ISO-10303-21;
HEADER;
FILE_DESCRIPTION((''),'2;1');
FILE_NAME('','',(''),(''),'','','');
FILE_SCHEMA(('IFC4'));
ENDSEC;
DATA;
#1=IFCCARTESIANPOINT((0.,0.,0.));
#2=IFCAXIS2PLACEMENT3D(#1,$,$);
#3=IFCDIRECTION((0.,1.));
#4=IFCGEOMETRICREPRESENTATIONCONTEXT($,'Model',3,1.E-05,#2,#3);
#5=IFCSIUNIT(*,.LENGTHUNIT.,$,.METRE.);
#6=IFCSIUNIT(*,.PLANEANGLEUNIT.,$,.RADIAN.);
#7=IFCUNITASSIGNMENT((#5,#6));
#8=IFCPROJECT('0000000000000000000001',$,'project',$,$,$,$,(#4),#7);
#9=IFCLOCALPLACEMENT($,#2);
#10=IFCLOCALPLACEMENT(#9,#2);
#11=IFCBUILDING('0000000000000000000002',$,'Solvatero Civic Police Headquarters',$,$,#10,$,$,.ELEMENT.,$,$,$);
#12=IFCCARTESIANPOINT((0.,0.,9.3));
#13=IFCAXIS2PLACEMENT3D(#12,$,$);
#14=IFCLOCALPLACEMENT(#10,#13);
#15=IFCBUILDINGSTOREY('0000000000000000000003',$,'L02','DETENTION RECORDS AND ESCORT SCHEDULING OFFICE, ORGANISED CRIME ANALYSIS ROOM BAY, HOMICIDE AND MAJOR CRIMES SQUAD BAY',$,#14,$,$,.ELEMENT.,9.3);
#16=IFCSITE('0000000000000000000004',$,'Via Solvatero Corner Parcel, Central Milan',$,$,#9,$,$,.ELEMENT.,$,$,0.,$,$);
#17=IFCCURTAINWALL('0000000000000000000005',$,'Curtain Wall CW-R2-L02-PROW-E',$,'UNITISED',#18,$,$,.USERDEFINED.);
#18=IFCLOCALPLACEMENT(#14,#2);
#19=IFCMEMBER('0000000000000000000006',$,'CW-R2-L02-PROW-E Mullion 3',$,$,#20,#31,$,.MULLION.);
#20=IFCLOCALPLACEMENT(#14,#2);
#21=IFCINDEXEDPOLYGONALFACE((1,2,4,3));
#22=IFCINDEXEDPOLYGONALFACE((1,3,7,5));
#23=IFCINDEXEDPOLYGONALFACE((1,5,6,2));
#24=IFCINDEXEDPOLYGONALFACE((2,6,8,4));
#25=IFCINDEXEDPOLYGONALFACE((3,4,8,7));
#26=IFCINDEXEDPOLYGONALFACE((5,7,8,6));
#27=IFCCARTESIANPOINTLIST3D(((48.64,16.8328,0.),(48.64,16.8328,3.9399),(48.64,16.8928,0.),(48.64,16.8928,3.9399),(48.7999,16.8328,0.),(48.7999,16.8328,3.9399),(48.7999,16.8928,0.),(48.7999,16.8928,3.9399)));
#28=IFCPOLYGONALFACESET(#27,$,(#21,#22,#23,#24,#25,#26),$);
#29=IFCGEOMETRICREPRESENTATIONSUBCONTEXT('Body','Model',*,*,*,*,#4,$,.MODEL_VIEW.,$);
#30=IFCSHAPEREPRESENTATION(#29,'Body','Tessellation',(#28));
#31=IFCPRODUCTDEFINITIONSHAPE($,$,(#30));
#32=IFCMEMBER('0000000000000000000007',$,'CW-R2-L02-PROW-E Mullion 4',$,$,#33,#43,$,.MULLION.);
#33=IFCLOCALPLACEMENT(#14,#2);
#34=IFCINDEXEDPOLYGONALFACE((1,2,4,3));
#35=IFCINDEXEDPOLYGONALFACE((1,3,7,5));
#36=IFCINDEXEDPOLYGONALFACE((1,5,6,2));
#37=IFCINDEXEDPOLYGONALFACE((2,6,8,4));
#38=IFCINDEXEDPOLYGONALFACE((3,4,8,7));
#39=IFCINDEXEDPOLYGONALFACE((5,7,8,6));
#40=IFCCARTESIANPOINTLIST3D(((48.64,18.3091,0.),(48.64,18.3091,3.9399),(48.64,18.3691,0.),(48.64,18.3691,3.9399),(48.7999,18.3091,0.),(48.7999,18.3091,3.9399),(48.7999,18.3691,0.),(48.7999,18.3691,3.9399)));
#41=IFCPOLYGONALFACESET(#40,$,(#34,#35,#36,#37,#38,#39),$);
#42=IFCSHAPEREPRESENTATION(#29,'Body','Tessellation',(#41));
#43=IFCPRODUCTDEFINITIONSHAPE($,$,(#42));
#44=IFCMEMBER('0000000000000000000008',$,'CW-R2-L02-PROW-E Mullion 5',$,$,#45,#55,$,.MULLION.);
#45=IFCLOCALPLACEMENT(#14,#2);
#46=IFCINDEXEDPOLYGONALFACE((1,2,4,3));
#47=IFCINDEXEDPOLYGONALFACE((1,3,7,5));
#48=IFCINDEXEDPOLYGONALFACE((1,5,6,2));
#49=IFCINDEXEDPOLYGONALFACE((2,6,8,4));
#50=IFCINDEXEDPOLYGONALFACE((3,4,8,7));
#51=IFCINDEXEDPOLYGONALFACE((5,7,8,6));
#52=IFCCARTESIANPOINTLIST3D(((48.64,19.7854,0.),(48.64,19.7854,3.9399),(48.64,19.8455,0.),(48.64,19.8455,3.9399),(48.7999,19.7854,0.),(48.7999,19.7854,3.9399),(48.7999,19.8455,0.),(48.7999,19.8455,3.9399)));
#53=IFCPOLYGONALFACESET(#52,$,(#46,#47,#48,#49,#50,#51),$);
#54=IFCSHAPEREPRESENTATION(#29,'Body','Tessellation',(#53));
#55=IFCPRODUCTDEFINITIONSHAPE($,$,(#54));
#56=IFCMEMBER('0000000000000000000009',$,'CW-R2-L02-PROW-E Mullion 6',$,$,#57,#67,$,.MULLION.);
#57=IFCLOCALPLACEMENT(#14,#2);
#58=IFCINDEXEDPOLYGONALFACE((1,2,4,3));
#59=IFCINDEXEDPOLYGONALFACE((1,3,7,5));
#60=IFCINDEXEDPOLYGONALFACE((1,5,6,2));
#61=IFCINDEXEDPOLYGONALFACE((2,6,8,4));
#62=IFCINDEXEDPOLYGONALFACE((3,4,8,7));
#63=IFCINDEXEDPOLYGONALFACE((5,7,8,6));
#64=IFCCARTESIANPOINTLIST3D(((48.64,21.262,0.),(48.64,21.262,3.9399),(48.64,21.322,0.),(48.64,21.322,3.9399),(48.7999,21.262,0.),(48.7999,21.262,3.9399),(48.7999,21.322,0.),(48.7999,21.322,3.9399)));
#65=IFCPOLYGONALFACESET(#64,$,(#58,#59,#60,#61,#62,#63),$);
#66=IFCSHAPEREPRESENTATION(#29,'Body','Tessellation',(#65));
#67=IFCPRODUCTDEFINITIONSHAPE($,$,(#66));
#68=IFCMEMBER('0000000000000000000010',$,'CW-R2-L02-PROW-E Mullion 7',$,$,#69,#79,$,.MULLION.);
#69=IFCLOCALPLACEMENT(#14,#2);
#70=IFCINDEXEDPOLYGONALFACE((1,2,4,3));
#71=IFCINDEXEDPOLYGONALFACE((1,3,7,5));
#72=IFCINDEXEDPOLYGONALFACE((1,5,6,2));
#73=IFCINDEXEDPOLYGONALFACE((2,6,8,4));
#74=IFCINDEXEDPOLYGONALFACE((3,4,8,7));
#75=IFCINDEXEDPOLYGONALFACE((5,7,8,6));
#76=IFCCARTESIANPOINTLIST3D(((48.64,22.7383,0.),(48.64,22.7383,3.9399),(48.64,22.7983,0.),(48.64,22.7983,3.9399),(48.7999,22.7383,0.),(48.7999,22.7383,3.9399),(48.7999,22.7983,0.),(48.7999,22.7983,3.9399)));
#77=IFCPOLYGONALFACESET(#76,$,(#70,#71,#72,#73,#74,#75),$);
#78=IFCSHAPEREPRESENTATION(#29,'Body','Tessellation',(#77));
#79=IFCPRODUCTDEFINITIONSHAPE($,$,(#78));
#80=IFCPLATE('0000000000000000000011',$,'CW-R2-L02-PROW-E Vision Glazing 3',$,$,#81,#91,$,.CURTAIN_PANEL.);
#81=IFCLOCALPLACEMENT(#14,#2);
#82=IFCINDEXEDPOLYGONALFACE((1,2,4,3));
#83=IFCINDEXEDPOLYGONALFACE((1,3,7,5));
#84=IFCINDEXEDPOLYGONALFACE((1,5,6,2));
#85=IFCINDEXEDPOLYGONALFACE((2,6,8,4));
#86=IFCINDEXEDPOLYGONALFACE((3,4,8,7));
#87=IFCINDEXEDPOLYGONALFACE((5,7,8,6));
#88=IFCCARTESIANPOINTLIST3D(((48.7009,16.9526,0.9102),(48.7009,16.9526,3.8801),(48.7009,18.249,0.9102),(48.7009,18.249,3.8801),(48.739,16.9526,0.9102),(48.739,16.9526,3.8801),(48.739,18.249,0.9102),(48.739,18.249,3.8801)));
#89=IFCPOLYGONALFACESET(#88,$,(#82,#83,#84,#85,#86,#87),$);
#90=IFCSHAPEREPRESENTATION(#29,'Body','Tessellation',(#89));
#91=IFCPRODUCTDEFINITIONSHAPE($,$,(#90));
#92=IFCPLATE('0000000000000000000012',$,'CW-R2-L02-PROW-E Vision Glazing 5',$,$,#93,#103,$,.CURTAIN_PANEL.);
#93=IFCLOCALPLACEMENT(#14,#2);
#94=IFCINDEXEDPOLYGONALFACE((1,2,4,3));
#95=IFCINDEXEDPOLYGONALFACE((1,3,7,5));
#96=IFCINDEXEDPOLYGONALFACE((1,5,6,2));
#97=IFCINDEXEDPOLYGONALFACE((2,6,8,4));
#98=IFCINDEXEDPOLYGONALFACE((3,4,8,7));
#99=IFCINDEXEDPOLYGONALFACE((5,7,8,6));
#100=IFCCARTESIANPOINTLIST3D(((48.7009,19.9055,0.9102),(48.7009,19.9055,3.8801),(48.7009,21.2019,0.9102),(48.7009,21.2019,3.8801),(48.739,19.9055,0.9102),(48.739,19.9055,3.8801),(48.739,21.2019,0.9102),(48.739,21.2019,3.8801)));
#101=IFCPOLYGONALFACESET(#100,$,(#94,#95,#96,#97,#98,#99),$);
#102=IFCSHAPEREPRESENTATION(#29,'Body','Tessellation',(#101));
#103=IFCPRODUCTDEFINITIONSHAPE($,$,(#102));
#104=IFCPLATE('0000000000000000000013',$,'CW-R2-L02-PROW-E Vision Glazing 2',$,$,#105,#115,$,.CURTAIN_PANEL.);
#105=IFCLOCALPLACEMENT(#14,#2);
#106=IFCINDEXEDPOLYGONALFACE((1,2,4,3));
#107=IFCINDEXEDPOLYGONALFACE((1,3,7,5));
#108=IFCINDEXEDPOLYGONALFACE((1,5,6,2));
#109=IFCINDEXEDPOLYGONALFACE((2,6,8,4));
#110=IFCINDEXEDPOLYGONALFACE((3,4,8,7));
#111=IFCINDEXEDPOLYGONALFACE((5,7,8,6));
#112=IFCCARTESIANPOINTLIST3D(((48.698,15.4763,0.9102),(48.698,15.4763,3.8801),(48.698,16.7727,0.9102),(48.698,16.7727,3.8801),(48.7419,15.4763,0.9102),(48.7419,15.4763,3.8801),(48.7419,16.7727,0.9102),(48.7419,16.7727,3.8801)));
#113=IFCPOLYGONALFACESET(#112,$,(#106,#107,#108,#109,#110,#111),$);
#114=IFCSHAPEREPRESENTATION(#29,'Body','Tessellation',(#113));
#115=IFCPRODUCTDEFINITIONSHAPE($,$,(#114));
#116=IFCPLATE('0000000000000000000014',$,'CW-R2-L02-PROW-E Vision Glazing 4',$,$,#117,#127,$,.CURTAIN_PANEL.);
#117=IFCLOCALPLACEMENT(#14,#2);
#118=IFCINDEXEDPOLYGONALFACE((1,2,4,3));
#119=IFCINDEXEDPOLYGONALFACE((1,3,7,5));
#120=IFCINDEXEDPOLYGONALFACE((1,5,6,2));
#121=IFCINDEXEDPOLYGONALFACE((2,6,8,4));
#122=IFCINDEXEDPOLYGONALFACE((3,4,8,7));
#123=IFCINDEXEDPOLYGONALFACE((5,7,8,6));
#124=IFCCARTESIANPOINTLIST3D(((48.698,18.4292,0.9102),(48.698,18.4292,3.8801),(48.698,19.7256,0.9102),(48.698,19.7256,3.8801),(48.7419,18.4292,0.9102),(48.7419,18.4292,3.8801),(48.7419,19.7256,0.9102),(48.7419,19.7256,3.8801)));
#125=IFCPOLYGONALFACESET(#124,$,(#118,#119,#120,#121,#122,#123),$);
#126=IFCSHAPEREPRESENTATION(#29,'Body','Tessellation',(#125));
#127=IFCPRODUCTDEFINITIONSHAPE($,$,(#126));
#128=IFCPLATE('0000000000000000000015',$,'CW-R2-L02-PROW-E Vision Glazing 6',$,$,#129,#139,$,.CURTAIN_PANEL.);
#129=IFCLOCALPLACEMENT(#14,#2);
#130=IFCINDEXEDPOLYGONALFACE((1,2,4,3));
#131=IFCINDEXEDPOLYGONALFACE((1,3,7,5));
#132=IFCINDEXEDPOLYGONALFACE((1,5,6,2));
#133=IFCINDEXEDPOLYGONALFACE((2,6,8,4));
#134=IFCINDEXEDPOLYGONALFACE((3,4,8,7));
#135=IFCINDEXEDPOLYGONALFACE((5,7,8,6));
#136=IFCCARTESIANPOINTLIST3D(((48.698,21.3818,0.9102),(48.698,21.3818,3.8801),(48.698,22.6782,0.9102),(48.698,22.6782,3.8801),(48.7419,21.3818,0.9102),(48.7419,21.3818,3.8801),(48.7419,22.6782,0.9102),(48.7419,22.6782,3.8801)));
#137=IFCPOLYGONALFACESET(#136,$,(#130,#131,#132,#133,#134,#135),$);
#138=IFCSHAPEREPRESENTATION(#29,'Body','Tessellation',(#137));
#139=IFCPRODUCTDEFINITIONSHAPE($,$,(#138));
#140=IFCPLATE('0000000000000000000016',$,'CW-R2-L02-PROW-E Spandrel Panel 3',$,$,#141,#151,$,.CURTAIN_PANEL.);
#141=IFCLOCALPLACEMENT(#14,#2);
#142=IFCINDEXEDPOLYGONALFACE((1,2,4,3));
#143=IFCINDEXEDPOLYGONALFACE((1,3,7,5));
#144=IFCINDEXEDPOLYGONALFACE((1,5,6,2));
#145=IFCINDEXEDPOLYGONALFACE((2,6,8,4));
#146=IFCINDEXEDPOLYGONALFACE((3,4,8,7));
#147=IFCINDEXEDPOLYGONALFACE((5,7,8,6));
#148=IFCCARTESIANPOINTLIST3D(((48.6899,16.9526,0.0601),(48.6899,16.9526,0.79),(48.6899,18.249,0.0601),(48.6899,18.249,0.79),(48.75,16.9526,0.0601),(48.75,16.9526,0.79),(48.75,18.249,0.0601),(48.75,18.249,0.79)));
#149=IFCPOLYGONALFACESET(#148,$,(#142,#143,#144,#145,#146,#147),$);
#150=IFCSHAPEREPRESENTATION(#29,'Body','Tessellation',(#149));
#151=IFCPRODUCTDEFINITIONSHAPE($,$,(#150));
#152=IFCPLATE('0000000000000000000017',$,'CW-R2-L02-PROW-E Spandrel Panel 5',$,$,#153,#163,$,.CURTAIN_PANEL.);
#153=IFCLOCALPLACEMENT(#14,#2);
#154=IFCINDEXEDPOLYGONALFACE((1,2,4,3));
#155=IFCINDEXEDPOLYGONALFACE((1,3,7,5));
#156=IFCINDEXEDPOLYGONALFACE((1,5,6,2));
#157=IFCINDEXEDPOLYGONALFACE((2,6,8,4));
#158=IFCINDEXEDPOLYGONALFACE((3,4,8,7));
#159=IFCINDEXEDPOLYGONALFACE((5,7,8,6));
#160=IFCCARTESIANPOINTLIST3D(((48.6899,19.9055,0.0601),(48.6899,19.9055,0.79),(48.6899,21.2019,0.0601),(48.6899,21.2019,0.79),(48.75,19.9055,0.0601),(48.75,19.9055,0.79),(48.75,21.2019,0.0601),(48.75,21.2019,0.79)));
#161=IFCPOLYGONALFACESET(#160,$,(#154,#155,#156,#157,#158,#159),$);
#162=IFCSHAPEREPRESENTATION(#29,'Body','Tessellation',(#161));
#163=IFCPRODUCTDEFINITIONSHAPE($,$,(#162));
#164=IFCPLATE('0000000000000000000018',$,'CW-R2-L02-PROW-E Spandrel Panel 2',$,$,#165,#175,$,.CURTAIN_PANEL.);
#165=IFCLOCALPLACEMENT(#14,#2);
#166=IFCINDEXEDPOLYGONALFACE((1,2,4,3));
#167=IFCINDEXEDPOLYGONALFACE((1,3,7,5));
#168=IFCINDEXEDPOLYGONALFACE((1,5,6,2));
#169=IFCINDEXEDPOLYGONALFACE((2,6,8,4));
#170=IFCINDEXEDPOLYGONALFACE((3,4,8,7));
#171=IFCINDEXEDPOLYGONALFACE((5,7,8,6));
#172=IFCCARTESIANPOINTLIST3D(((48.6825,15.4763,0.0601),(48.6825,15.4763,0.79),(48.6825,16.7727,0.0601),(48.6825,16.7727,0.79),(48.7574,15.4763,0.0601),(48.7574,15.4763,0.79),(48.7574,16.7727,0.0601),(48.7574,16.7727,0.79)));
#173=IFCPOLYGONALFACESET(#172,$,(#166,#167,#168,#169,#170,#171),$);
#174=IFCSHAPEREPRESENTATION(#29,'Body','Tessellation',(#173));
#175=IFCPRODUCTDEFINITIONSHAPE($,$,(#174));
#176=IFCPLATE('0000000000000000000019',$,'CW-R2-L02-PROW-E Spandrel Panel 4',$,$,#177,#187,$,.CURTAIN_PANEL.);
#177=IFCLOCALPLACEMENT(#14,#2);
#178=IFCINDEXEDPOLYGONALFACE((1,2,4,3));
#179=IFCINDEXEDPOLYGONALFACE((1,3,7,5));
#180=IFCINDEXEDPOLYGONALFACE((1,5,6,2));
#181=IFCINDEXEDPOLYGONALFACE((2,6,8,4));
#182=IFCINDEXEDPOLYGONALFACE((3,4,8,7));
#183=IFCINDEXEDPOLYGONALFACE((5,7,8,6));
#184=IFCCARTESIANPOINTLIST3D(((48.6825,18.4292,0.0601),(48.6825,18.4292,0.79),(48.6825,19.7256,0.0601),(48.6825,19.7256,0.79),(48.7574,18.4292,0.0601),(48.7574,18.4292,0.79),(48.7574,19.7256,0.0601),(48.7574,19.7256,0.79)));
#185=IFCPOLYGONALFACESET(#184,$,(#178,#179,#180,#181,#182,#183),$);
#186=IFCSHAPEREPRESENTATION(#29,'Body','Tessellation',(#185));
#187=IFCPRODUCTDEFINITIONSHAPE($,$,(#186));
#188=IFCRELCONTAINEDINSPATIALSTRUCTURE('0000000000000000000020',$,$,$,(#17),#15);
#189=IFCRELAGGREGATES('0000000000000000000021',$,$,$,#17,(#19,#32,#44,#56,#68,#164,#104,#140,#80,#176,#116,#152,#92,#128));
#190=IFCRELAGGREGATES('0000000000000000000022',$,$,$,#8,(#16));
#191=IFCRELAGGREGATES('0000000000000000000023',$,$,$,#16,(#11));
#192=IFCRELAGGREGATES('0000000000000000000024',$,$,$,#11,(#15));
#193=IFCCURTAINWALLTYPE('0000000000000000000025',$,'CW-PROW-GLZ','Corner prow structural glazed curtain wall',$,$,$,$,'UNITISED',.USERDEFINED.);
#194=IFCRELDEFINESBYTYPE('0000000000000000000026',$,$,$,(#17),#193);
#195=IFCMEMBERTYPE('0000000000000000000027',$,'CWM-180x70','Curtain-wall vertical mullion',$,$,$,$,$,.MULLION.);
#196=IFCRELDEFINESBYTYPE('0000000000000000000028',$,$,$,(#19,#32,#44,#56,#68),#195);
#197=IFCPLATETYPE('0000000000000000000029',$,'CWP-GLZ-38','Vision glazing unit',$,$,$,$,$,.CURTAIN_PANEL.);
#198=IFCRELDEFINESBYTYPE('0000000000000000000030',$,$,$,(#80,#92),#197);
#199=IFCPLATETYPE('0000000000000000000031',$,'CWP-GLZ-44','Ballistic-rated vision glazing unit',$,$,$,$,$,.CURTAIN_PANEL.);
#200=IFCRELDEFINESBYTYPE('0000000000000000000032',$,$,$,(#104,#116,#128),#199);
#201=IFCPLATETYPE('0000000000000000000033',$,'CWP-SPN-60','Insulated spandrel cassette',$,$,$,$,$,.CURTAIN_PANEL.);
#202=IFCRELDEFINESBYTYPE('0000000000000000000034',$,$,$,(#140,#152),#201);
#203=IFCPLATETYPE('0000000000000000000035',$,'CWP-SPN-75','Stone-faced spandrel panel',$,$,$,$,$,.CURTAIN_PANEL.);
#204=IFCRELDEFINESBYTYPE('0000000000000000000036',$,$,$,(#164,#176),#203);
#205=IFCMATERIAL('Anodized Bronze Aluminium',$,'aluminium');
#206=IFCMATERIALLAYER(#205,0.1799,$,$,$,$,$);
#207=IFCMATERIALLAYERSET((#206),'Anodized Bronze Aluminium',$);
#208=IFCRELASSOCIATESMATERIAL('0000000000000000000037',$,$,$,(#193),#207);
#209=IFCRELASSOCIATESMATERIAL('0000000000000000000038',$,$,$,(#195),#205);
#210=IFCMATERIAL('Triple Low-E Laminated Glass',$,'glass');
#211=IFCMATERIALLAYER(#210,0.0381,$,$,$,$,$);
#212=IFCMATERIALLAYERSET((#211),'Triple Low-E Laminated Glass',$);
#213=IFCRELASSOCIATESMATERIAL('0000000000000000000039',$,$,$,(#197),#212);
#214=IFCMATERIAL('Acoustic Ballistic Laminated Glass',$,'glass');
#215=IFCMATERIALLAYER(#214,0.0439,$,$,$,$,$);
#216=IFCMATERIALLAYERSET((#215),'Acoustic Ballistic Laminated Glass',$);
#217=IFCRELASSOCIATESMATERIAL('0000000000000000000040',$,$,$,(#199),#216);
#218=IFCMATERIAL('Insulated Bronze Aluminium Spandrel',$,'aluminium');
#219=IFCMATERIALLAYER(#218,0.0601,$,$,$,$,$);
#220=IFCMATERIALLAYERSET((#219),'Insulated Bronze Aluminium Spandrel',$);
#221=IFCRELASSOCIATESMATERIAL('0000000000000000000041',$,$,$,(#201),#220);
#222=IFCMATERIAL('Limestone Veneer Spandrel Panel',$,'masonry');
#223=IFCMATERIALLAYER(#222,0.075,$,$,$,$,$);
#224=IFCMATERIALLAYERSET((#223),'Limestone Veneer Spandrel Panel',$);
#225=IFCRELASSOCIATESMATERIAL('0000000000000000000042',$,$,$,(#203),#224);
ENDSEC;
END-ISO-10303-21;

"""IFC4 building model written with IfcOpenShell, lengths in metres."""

from ifc_helpers import new_model, si_unit, direction, frame, origin, origin_2d, place, context, subcontext, project, spatial, rectangle, extrude, material, layer, layer_set, material_profile, profile_set, type_object, element, aggregate, save


model = new_model("IFC4")

# Units and contexts
model_context = context("Model", 3, precision=1e-05, world=origin(), true_north=direction((0.0, 1.0)))
body_context = subcontext(model_context, "Body", "Model", "MODEL_VIEW")
ifc_project = project(units=[si_unit("LENGTHUNIT", "METRE"), si_unit("PLANEANGLEUNIT", "RADIAN")], contexts=[model_context])

# Site, building, storey
site_placement = place(None, origin())
site = spatial("IfcSite", under=ifc_project, at=site_placement, Name="Via Solvatero Corner Parcel, Central Milan", CompositionType="ELEMENT", RefElevation=0.0)
building_placement = place(site_placement, origin())
building = spatial("IfcBuilding", under=site, at=building_placement, Name="Solvatero Civic Police Headquarters", CompositionType="ELEMENT")
storey_placement = place(building_placement, frame((0.0, 0.0, 9.3)))
storey = spatial("IfcBuildingStorey", under=building, at=storey_placement, Name="L02", Description="DETENTION RECORDS AND ESCORT SCHEDULING OFFICE, ORGANISED CRIME ANALYSIS ROOM BAY, HOMICIDE AND MAJOR CRIMES SQUAD BAY", CompositionType="ELEMENT", Elevation=9.3)

# Curtain wall, members, plates
ifc_material_1 = material(Name="Anodized Bronze Aluminium", Category="aluminium")
ifc_layer_1 = layer(ifc_material_1, 0.1799)
ifc_layer_set_1 = layer_set([ifc_layer_1], Name="Anodized Bronze Aluminium")
curtain_wall_type = type_object("IfcCurtainWallType", Name="CW-PROW-GLZ", Description="Corner prow structural glazed curtain wall", ElementType="UNITISED", PredefinedType="USERDEFINED", material=ifc_layer_set_1)
curtain_wall_placement = place(storey_placement, origin())
curtain_wall = element("IfcCurtainWall", 1, at=curtain_wall_placement, inside=storey, type_object=curtain_wall_type, Name="Curtain Wall CW-R2-L02-PROW-E", ObjectType="UNITISED", PredefinedType="USERDEFINED")
ifc_material_profile = material_profile(ifc_material_1, rectangle(XDim=0.0601, YDim=0.1599, at=origin_2d()), Name="ALU MULLION 60x160")
ifc_profile_set = profile_set([ifc_material_profile], Name="Anodized Bronze Aluminium")
member_type = type_object("IfcMemberType", Name="CWM-180x70", Description="Curtain-wall vertical mullion", PredefinedType="MULLION", material=ifc_profile_set)
member_1_placement = place(storey_placement, frame((48.72, 16.8628, 0.0), z_axis=(0.0, 0.0, 1.0), x_axis=(0.0, 1.0, 0.0)))
member_1 = element("IfcMember", 2, at=member_1_placement, type_object=member_type, Name="CW-R2-L02-PROW-E Mullion 3", PredefinedType="MULLION", context=body_context, shape_type="SweptSolid", body=[
    extrude(rectangle(XDim=0.0601, YDim=0.1599, at=origin_2d()), origin(), (0.0, 0.0, 1.0), 3.9399),
])
member_2_placement = place(storey_placement, frame((48.72, 18.3391, 0.0), z_axis=(0.0, 0.0, 1.0), x_axis=(0.0, 1.0, 0.0)))
member_2 = element("IfcMember", 3, at=member_2_placement, type_object=member_type, Name="CW-R2-L02-PROW-E Mullion 4", PredefinedType="MULLION", context=body_context, shape_type="SweptSolid", body=[
    extrude(rectangle(XDim=0.0601, YDim=0.1599, at=origin_2d()), origin(), (0.0, 0.0, 1.0), 3.9399),
])
member_3_placement = place(storey_placement, frame((48.72, 19.8154, 0.0), z_axis=(0.0, 0.0, 1.0), x_axis=(0.0, 1.0, 0.0)))
member_3 = element("IfcMember", 4, at=member_3_placement, type_object=member_type, Name="CW-R2-L02-PROW-E Mullion 5", PredefinedType="MULLION", context=body_context, shape_type="SweptSolid", body=[
    extrude(rectangle(XDim=0.0601, YDim=0.1599, at=origin_2d()), origin(), (0.0, 0.0, 1.0), 3.9399),
])
member_4_placement = place(storey_placement, frame((48.72, 21.292, 0.0), z_axis=(0.0, 0.0, 1.0), x_axis=(0.0, 1.0, 0.0)))
member_4 = element("IfcMember", 5, at=member_4_placement, type_object=member_type, Name="CW-R2-L02-PROW-E Mullion 6", PredefinedType="MULLION", context=body_context, shape_type="SweptSolid", body=[
    extrude(rectangle(XDim=0.0601, YDim=0.1599, at=origin_2d()), origin(), (0.0, 0.0, 1.0), 3.9399),
])
member_5_placement = place(storey_placement, frame((48.72, 22.7683, 0.0), z_axis=(0.0, 0.0, 1.0), x_axis=(0.0, 1.0, 0.0)))
member_5 = element("IfcMember", 6, at=member_5_placement, type_object=member_type, Name="CW-R2-L02-PROW-E Mullion 7", PredefinedType="MULLION", context=body_context, shape_type="SweptSolid", body=[
    extrude(rectangle(XDim=0.0601, YDim=0.1599, at=origin_2d()), origin(), (0.0, 0.0, 1.0), 3.9399),
])
ifc_material_2 = material(Name="Triple Low-E Laminated Glass", Category="glass")
ifc_layer_2 = layer(ifc_material_2, 0.0381)
ifc_layer_set_2 = layer_set([ifc_layer_2], Name="Triple Low-E Laminated Glass")
plate_type_1 = type_object("IfcPlateType", Name="CWP-GLZ-38", Description="Vision glazing unit", PredefinedType="CURTAIN_PANEL", material=ifc_layer_set_2)
plate_1_placement = place(storey_placement, frame((48.72, 17.6008, 0.9102), z_axis=(0.0, 0.0, 1.0), x_axis=(0.0, 1.0, 0.0)))
plate_1 = element("IfcPlate", 7, at=plate_1_placement, type_object=plate_type_1, Name="CW-R2-L02-PROW-E Vision Glazing 3", PredefinedType="CURTAIN_PANEL", context=body_context, shape_type="SweptSolid", body=[
    extrude(rectangle(XDim=1.2964, YDim=0.0381, at=origin_2d()), origin(), (0.0, 0.0, 1.0), 2.97),
])
plate_2_placement = place(storey_placement, frame((48.72, 20.5537, 0.9102), z_axis=(0.0, 0.0, 1.0), x_axis=(0.0, 1.0, 0.0)))
plate_2 = element("IfcPlate", 8, at=plate_2_placement, type_object=plate_type_1, Name="CW-R2-L02-PROW-E Vision Glazing 5", PredefinedType="CURTAIN_PANEL", context=body_context, shape_type="SweptSolid", body=[
    extrude(rectangle(XDim=1.2964, YDim=0.0381, at=origin_2d()), origin(), (0.0, 0.0, 1.0), 2.97),
])
ifc_material_3 = material(Name="Acoustic Ballistic Laminated Glass", Category="glass")
ifc_layer_3 = layer(ifc_material_3, 0.0439)
ifc_layer_set_3 = layer_set([ifc_layer_3], Name="Acoustic Ballistic Laminated Glass")
plate_type_2 = type_object("IfcPlateType", Name="CWP-GLZ-44", Description="Ballistic-rated vision glazing unit", PredefinedType="CURTAIN_PANEL", material=ifc_layer_set_3)
plate_3_placement = place(storey_placement, frame((48.72, 16.1245, 0.9102), z_axis=(0.0, 0.0, 1.0), x_axis=(0.0, 1.0, 0.0)))
plate_3 = element("IfcPlate", 9, at=plate_3_placement, type_object=plate_type_2, Name="CW-R2-L02-PROW-E Vision Glazing 2", PredefinedType="CURTAIN_PANEL", context=body_context, shape_type="SweptSolid", body=[
    extrude(rectangle(XDim=1.2964, YDim=0.0439, at=origin_2d()), origin(), (0.0, 0.0, 1.0), 2.97),
])
plate_4_placement = place(storey_placement, frame((48.72, 19.0774, 0.9102), z_axis=(0.0, 0.0, 1.0), x_axis=(0.0, 1.0, 0.0)))
plate_4 = element("IfcPlate", 10, at=plate_4_placement, type_object=plate_type_2, Name="CW-R2-L02-PROW-E Vision Glazing 4", PredefinedType="CURTAIN_PANEL", context=body_context, shape_type="SweptSolid", body=[
    extrude(rectangle(XDim=1.2964, YDim=0.0439, at=origin_2d()), origin(), (0.0, 0.0, 1.0), 2.97),
])
plate_5_placement = place(storey_placement, frame((48.72, 22.03, 0.9102), z_axis=(0.0, 0.0, 1.0), x_axis=(0.0, 1.0, 0.0)))
plate_5 = element("IfcPlate", 11, at=plate_5_placement, type_object=plate_type_2, Name="CW-R2-L02-PROW-E Vision Glazing 6", PredefinedType="CURTAIN_PANEL", context=body_context, shape_type="SweptSolid", body=[
    extrude(rectangle(XDim=1.2964, YDim=0.0439, at=origin_2d()), origin(), (0.0, 0.0, 1.0), 2.97),
])
ifc_material_4 = material(Name="Insulated Bronze Aluminium Spandrel", Category="aluminium")
ifc_layer_4 = layer(ifc_material_4, 0.0601)
ifc_layer_set_4 = layer_set([ifc_layer_4], Name="Insulated Bronze Aluminium Spandrel")
plate_type_3 = type_object("IfcPlateType", Name="CWP-SPN-60", Description="Insulated spandrel cassette", PredefinedType="CURTAIN_PANEL", material=ifc_layer_set_4)
plate_6_placement = place(storey_placement, frame((48.72, 17.6008, 0.0601), z_axis=(0.0, 0.0, 1.0), x_axis=(0.0, 1.0, 0.0)))
plate_6 = element("IfcPlate", 12, at=plate_6_placement, type_object=plate_type_3, Name="CW-R2-L02-PROW-E Spandrel Panel 3", PredefinedType="CURTAIN_PANEL", context=body_context, shape_type="SweptSolid", body=[
    extrude(rectangle(XDim=1.2964, YDim=0.0601, at=origin_2d()), origin(), (0.0, 0.0, 1.0), 0.73),
])
plate_7_placement = place(storey_placement, frame((48.72, 20.5537, 0.0601), z_axis=(0.0, 0.0, 1.0), x_axis=(0.0, 1.0, 0.0)))
plate_7 = element("IfcPlate", 13, at=plate_7_placement, type_object=plate_type_3, Name="CW-R2-L02-PROW-E Spandrel Panel 5", PredefinedType="CURTAIN_PANEL", context=body_context, shape_type="SweptSolid", body=[
    extrude(rectangle(XDim=1.2964, YDim=0.0601, at=origin_2d()), origin(), (0.0, 0.0, 1.0), 0.73),
])
ifc_material_5 = material(Name="Limestone Veneer Spandrel Panel", Category="masonry")
ifc_layer_5 = layer(ifc_material_5, 0.075)
ifc_layer_set_5 = layer_set([ifc_layer_5], Name="Limestone Veneer Spandrel Panel")
plate_type_4 = type_object("IfcPlateType", Name="CWP-SPN-75", Description="Stone-faced spandrel panel", PredefinedType="CURTAIN_PANEL", material=ifc_layer_set_5)
plate_8_placement = place(storey_placement, frame((48.72, 16.1245, 0.0601), z_axis=(0.0, 0.0, 1.0), x_axis=(0.0, 1.0, 0.0)))
plate_8 = element("IfcPlate", 14, at=plate_8_placement, type_object=plate_type_4, Name="CW-R2-L02-PROW-E Spandrel Panel 2", PredefinedType="CURTAIN_PANEL", context=body_context, shape_type="SweptSolid", body=[
    extrude(rectangle(XDim=1.2964, YDim=0.075, at=origin_2d()), origin(), (0.0, 0.0, 1.0), 0.73),
])
plate_9_placement = place(storey_placement, frame((48.72, 19.0774, 0.0601), z_axis=(0.0, 0.0, 1.0), x_axis=(0.0, 1.0, 0.0)))
plate_9 = element("IfcPlate", 15, at=plate_9_placement, type_object=plate_type_4, Name="CW-R2-L02-PROW-E Spandrel Panel 4", PredefinedType="CURTAIN_PANEL", context=body_context, shape_type="SweptSolid", body=[
    extrude(rectangle(XDim=1.2964, YDim=0.075, at=origin_2d()), origin(), (0.0, 0.0, 1.0), 0.73),
])
aggregate(curtain_wall, [member_1, member_2, member_3, member_4, member_5, plate_8, plate_3, plate_6, plate_1, plate_9, plate_4, plate_7, plate_2, plate_5])

save(model, "model.ifc")
